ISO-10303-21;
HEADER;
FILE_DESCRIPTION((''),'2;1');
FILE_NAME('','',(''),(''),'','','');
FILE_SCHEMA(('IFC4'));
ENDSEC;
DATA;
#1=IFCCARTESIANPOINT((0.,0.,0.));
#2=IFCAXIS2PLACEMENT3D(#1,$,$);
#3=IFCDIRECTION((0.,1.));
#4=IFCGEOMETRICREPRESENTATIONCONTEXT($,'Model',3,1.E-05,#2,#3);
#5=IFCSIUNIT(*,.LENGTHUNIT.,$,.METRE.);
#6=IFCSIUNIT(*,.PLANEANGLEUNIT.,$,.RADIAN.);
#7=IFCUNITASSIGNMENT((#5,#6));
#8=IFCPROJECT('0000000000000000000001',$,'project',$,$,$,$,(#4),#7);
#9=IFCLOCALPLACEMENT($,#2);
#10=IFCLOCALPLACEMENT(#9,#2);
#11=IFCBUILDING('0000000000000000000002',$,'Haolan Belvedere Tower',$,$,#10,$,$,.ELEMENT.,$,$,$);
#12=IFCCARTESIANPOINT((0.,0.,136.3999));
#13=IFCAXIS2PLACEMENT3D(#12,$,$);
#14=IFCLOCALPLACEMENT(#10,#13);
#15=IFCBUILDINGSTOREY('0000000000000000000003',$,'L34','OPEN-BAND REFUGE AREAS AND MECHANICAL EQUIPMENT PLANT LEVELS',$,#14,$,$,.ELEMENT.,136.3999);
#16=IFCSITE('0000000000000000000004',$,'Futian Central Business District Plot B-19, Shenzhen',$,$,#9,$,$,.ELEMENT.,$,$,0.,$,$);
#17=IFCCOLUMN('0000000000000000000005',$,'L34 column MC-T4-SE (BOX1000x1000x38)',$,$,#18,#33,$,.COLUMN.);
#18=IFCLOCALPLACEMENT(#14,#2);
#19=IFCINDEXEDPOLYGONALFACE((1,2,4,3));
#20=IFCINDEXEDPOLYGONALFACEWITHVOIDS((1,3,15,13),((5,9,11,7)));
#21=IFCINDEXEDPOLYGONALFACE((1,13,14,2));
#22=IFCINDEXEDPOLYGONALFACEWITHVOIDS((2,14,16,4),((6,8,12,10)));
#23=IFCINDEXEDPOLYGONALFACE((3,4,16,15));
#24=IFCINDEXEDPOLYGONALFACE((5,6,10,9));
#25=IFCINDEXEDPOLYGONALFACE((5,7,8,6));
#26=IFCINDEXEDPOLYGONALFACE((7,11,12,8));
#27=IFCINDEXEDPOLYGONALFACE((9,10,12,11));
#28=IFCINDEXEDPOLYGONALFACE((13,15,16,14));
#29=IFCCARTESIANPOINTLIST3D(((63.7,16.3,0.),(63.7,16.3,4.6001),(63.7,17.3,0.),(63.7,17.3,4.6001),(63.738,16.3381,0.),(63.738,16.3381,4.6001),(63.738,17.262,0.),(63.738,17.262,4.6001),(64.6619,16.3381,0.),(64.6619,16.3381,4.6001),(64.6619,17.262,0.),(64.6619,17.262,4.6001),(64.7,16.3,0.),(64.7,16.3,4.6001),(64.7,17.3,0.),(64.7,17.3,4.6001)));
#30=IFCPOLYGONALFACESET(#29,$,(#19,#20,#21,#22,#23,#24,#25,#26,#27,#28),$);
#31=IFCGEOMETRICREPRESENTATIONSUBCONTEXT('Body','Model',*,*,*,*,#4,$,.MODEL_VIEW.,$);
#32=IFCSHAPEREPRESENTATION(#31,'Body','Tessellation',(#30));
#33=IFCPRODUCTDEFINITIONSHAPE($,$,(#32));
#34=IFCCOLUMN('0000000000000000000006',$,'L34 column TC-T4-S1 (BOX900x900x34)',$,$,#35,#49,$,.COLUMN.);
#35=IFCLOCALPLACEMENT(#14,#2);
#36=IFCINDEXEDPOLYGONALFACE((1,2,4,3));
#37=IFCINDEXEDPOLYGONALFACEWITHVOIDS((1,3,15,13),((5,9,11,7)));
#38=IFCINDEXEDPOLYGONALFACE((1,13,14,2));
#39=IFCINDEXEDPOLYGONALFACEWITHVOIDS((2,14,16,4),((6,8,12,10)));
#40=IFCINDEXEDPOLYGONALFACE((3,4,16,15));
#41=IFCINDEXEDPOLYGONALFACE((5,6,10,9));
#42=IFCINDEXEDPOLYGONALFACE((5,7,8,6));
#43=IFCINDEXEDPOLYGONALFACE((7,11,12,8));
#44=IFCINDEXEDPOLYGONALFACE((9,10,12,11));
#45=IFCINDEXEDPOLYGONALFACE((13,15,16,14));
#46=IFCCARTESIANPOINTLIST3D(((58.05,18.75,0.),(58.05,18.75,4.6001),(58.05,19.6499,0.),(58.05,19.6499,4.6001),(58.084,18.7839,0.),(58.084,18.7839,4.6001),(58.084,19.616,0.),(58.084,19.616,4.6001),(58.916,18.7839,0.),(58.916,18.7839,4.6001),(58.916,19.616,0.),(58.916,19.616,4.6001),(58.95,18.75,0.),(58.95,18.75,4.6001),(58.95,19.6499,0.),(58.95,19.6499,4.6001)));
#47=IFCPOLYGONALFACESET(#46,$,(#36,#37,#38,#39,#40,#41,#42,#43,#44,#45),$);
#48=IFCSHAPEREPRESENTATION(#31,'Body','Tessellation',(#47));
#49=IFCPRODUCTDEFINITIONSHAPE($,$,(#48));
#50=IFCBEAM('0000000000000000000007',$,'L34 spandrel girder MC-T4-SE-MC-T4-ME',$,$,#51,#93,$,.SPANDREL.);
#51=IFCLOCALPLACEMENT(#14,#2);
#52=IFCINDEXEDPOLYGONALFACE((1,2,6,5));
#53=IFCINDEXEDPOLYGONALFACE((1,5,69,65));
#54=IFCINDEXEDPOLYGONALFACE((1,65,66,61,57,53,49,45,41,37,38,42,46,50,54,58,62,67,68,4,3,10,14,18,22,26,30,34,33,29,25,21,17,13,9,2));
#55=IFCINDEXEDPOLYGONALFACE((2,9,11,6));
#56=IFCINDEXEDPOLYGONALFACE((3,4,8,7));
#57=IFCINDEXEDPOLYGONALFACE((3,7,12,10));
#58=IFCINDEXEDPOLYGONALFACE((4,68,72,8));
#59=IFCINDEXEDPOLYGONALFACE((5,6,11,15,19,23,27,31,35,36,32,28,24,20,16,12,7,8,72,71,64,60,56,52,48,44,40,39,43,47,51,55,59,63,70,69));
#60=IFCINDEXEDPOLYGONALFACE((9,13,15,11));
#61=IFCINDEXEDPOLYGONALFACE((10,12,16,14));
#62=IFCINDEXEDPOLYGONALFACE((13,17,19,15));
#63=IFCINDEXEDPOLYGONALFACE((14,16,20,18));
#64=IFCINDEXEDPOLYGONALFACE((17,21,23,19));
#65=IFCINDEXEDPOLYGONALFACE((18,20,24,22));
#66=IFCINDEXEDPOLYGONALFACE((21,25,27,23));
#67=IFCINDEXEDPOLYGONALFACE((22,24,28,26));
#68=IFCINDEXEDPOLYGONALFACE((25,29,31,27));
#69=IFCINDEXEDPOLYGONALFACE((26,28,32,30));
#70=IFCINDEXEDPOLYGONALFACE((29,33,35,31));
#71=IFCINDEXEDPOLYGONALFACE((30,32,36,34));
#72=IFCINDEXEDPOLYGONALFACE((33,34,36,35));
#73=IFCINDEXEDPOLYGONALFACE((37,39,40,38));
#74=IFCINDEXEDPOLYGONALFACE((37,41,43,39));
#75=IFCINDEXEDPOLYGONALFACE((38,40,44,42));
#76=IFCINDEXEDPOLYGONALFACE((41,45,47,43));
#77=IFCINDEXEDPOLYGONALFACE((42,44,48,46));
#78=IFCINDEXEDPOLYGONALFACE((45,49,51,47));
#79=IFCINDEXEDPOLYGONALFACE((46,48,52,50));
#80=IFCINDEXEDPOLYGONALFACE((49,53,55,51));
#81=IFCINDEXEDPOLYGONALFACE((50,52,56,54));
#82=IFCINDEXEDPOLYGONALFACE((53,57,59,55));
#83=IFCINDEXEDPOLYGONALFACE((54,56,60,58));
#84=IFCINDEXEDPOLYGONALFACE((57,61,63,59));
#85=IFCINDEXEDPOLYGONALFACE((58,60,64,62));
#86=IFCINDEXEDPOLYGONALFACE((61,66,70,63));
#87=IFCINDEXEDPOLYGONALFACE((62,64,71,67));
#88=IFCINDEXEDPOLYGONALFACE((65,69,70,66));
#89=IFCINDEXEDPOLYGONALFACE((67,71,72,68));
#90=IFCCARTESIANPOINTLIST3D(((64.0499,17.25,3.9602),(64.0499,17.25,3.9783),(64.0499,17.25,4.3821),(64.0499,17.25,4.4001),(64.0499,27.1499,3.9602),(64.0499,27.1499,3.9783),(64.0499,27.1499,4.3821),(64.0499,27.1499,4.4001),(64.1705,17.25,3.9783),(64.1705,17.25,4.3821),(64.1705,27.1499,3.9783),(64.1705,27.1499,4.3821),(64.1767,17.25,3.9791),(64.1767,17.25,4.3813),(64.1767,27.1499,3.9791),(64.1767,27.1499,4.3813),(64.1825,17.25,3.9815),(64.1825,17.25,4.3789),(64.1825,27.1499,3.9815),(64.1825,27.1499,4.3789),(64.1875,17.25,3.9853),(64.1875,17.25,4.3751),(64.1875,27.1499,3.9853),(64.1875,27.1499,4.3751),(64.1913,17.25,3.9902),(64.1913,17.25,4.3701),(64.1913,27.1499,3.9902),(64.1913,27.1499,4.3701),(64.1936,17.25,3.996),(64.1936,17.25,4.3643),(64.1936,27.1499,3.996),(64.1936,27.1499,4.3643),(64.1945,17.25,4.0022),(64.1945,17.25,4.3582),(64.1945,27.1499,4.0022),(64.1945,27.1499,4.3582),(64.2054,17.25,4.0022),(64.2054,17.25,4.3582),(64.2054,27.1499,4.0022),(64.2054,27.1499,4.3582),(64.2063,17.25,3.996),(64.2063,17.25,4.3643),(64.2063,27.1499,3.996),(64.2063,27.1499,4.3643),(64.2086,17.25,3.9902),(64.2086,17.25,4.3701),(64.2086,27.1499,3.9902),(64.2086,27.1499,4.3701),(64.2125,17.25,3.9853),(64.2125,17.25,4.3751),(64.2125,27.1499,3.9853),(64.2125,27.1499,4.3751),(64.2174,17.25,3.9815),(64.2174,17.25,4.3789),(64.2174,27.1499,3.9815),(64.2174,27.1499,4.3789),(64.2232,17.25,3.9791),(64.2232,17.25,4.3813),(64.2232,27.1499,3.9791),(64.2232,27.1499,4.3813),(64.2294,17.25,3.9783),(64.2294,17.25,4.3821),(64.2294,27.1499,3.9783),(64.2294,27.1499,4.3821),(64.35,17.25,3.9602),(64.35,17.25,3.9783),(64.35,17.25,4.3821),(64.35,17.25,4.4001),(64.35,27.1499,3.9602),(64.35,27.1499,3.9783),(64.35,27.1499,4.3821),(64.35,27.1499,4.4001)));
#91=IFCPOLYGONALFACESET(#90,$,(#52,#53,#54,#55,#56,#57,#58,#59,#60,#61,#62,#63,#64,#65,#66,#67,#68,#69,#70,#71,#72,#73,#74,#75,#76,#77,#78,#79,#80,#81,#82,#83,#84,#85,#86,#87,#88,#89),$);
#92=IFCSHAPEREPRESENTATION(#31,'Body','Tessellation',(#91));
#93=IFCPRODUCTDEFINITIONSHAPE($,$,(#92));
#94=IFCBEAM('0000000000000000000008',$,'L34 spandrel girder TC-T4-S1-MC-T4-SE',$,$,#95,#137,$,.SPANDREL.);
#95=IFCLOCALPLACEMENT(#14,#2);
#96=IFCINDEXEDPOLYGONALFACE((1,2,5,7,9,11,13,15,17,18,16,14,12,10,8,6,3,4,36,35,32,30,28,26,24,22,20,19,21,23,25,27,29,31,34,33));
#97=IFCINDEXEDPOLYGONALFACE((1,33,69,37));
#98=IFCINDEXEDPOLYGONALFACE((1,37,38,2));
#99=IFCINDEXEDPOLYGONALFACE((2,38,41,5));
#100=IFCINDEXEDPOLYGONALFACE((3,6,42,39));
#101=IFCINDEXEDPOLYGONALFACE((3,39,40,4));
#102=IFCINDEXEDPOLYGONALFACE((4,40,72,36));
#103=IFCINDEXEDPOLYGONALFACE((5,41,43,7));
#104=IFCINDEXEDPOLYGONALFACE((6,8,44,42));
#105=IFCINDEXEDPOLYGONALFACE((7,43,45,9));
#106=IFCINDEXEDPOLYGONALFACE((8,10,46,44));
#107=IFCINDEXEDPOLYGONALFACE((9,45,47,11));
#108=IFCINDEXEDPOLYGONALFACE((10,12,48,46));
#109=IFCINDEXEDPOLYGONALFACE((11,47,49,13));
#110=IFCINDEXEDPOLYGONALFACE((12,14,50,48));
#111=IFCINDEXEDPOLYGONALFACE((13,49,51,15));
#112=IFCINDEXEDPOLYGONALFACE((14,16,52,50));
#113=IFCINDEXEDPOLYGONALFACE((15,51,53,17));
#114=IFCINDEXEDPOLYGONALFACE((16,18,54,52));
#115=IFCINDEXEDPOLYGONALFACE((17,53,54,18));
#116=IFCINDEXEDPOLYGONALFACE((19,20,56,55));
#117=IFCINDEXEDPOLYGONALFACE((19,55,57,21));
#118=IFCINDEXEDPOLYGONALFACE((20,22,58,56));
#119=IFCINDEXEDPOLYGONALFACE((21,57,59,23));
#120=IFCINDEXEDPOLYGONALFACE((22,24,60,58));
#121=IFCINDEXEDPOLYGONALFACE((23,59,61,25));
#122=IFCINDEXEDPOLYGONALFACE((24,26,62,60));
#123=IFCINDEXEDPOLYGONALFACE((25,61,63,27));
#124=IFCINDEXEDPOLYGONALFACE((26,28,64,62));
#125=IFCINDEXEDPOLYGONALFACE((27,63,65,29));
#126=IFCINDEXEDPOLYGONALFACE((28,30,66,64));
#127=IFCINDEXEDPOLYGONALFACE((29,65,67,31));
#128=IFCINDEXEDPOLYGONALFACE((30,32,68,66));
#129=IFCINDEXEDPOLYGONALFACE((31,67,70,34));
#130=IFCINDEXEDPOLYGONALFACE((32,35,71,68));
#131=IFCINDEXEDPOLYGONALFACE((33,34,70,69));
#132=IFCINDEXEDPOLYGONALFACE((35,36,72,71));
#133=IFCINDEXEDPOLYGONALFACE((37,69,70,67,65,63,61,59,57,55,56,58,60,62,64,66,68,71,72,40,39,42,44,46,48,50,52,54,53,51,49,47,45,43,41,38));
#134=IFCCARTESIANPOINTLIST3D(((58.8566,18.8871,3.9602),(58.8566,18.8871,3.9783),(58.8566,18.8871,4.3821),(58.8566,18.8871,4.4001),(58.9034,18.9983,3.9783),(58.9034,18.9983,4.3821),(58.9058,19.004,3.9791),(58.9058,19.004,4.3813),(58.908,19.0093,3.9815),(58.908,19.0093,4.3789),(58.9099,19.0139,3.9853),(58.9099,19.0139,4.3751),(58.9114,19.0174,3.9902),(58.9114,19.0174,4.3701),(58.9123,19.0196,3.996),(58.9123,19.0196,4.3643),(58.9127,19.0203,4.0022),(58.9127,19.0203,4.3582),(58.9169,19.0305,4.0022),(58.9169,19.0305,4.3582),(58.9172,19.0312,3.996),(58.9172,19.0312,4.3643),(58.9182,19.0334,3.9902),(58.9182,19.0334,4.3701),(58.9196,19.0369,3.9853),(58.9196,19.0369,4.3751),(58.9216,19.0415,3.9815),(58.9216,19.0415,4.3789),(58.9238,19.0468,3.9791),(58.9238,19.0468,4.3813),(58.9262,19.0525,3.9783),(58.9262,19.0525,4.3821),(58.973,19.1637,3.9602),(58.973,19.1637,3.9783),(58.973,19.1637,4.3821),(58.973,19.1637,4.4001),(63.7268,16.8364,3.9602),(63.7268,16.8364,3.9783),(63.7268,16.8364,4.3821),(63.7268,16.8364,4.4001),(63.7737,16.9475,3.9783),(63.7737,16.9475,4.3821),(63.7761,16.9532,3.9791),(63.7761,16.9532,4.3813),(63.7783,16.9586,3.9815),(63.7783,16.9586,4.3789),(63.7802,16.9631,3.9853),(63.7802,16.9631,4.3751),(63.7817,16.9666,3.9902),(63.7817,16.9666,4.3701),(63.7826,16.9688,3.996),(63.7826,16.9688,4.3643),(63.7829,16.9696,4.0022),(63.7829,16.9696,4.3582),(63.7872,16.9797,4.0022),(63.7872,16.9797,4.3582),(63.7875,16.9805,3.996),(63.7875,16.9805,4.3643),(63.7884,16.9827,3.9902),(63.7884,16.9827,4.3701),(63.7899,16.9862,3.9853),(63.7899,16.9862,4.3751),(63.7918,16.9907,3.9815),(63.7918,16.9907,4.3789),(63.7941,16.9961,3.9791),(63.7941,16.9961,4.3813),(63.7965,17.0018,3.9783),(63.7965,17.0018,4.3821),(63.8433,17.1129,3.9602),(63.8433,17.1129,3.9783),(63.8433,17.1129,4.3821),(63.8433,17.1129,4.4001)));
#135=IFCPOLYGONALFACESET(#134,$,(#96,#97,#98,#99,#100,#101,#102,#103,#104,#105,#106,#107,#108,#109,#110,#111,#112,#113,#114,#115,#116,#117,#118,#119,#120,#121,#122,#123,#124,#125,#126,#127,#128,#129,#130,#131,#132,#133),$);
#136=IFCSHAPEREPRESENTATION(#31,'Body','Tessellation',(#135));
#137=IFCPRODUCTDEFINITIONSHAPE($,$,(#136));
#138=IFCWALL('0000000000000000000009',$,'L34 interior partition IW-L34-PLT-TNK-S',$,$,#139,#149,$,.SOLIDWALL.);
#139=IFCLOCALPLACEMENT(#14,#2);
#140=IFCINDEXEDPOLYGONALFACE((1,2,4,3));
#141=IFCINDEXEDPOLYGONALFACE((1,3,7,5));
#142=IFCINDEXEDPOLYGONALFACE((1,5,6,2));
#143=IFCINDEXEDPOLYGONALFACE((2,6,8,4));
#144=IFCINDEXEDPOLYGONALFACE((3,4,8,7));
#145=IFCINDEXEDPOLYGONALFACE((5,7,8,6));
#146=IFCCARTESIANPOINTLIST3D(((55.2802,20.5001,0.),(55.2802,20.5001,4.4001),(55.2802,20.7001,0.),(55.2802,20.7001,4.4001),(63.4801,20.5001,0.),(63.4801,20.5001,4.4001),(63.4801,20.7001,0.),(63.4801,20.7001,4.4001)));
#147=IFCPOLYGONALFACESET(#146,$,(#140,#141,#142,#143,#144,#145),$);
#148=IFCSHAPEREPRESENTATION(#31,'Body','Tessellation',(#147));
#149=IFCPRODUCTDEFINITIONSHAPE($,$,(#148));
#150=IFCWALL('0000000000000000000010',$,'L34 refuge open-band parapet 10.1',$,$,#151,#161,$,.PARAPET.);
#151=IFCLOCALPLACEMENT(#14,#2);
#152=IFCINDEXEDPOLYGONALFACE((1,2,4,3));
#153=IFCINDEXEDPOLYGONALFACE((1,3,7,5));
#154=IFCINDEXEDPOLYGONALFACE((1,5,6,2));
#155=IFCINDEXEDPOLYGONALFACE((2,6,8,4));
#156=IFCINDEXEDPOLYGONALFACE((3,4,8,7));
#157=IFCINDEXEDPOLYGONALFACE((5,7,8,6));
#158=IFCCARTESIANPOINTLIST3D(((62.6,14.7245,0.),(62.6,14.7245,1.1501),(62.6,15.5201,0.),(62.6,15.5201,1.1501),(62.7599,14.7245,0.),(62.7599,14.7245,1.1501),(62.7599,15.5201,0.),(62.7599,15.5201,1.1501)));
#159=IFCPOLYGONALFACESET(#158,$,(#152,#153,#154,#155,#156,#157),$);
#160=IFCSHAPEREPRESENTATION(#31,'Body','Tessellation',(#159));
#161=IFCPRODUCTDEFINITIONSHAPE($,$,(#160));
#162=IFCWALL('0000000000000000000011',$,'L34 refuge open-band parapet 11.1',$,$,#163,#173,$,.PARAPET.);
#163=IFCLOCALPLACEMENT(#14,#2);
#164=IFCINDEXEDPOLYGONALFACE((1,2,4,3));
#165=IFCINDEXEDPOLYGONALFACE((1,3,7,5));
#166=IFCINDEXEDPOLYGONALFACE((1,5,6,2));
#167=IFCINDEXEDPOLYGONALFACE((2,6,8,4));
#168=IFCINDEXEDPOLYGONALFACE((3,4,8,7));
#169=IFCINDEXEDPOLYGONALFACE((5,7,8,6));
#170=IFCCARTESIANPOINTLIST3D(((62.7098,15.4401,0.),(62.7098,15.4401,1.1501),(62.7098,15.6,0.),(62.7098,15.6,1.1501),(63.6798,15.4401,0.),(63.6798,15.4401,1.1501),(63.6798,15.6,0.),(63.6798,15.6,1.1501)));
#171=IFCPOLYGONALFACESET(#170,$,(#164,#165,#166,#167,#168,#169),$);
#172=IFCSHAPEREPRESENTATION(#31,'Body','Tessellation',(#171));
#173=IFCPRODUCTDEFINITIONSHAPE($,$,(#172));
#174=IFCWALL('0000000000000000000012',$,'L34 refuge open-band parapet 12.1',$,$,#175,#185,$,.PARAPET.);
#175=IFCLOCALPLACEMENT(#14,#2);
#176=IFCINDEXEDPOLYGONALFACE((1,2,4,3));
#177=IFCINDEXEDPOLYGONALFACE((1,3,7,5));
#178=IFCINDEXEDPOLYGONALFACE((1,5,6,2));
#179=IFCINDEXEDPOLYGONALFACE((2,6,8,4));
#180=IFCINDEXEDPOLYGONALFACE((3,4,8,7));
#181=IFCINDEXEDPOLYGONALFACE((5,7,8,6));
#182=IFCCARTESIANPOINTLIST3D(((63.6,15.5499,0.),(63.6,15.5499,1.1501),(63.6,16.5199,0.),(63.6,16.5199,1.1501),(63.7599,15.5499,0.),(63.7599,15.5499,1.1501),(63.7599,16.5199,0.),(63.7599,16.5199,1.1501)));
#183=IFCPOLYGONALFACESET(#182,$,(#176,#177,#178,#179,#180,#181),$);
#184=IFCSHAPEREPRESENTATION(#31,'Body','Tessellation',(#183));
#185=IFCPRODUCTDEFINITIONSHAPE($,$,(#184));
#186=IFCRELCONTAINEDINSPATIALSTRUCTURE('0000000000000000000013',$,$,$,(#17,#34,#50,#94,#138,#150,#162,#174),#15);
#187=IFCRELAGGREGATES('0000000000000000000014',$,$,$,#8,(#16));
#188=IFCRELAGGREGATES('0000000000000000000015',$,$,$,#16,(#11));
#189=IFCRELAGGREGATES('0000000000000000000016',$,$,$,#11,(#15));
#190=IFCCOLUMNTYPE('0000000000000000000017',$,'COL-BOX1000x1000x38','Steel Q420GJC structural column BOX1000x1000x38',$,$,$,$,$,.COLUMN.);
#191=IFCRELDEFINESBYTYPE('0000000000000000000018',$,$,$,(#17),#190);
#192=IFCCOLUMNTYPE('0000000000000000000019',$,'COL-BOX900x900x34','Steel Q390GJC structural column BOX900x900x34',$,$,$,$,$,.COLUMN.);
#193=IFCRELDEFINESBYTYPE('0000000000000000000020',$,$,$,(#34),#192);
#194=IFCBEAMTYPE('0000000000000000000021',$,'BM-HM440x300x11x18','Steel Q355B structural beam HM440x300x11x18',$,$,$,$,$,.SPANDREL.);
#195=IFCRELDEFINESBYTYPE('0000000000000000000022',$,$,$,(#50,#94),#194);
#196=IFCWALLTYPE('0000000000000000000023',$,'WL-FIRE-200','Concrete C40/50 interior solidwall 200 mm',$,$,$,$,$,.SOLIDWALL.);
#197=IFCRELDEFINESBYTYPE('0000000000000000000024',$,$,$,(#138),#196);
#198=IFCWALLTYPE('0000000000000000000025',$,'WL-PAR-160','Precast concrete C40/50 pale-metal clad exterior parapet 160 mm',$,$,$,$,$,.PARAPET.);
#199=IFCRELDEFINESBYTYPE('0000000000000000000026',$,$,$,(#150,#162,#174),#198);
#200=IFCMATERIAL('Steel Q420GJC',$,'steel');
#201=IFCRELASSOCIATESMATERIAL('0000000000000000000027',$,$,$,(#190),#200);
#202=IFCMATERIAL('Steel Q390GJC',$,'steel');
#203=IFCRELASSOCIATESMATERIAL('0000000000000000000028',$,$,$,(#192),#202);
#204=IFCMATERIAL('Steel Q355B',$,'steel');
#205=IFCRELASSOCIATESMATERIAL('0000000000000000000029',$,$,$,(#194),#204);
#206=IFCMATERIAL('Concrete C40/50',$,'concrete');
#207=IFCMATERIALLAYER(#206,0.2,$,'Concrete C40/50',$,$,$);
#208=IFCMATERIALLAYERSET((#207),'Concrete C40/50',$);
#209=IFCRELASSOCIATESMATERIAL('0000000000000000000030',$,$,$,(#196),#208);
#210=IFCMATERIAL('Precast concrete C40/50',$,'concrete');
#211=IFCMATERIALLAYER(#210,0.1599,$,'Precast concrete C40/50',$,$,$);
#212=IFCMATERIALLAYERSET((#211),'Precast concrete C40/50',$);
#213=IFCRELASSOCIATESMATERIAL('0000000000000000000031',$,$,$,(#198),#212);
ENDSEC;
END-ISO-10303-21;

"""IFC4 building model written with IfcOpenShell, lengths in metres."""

from ifc_helpers import new_model, si_unit, direction, frame, frame_2d, origin, origin_2d, place, context, subcontext, project, spatial, rectangle, hollow_rectangle, i_section, extrude, material, layer, layer_set, material_profile, profile_set, type_object, element, save


model = new_model("IFC4")

# Units and contexts
model_context = context("Model", 3, precision=1e-05, world=origin(), true_north=direction((0.0, 1.0)))
body_context = subcontext(model_context, "Body", "Model", "MODEL_VIEW")
ifc_project = project(units=[si_unit("LENGTHUNIT", "METRE"), si_unit("PLANEANGLEUNIT", "RADIAN")], contexts=[model_context])

# Site, building, storey
site_placement = place(None, origin())
site = spatial("IfcSite", under=ifc_project, at=site_placement, Name="Futian Central Business District Plot B-19, Shenzhen", CompositionType="ELEMENT", RefElevation=0.0)
building_placement = place(site_placement, origin())
building = spatial("IfcBuilding", under=site, at=building_placement, Name="Haolan Belvedere Tower", CompositionType="ELEMENT")
storey_placement = place(building_placement, frame((0.0, 0.0, 136.3999)))
storey = spatial("IfcBuildingStorey", under=building, at=storey_placement, Name="L34", Description="OPEN-BAND REFUGE AREAS AND MECHANICAL EQUIPMENT PLANT LEVELS", CompositionType="ELEMENT", Elevation=136.3999)

# Columns
ifc_material_1 = material(Name="Steel Q420GJC", Category="steel")
ifc_material_profile_1 = material_profile(ifc_material_1, hollow_rectangle(XDim=1.0, YDim=1.0, WallThickness=0.0381, at=origin_2d()), Name="Steel Q420GJC")
ifc_profile_set_1 = profile_set([ifc_material_profile_1], Name="Steel Q420GJC")
column_type_1 = type_object("IfcColumnType", Name="COL-BOX1000x1000x38", Description="Steel Q420GJC structural column BOX1000x1000x38", PredefinedType="COLUMN", material=ifc_profile_set_1)
column_1_placement = place(storey_placement, frame((64.2, 16.8, 0.0), z_axis=(0.0, 0.0, 1.0), x_axis=(1.0, 0.0, 0.0)))
element("IfcColumn", 1, at=column_1_placement, inside=storey, type_object=column_type_1, Name="L34 column MC-T4-SE (BOX1000x1000x38)", PredefinedType="COLUMN", context=body_context, shape_type="SweptSolid", body=[
    extrude(hollow_rectangle(XDim=1.0, YDim=1.0, WallThickness=0.0381, at=origin_2d()), origin(), (0.0, 0.0, 1.0), 4.6001),
])
ifc_material_2 = material(Name="Steel Q390GJC", Category="steel")
ifc_material_profile_2 = material_profile(ifc_material_2, hollow_rectangle(XDim=0.8999, YDim=0.8999, WallThickness=0.0339, at=origin_2d()), Name="Steel Q390GJC")
ifc_profile_set_2 = profile_set([ifc_material_profile_2], Name="Steel Q390GJC")
column_type_2 = type_object("IfcColumnType", Name="COL-BOX900x900x34", Description="Steel Q390GJC structural column BOX900x900x34", PredefinedType="COLUMN", material=ifc_profile_set_2)
column_2_placement = place(storey_placement, frame((58.5, 19.2, 0.0), z_axis=(0.0, 0.0, 1.0), x_axis=(1.0, 0.0, 0.0)))
element("IfcColumn", 2, at=column_2_placement, inside=storey, type_object=column_type_2, Name="L34 column TC-T4-S1 (BOX900x900x34)", PredefinedType="COLUMN", context=body_context, shape_type="SweptSolid", body=[
    extrude(hollow_rectangle(XDim=0.8999, YDim=0.8999, WallThickness=0.0339, at=origin_2d()), origin(), (0.0, 0.0, 1.0), 4.6001),
])

# Beams
ifc_material_3 = material(Name="Steel Q355B", Category="steel")
ifc_material_profile_3 = material_profile(ifc_material_3, i_section(OverallWidth=0.3, OverallDepth=0.4399, WebThickness=0.011, FlangeThickness=0.0181, FilletRadius=0.0239, at=origin_2d()), Name="Steel Q355B")
ifc_profile_set_3 = profile_set([ifc_material_profile_3], Name="Steel Q355B")
beam_type = type_object("IfcBeamType", Name="BM-HM440x300x11x18", Description="Steel Q355B structural beam HM440x300x11x18", PredefinedType="SPANDREL", material=ifc_profile_set_3)
beam_1_placement = place(storey_placement, frame((64.2, 17.25, 4.1802), z_axis=(0.0, 1.0, 0.0), x_axis=(-1.0, 0.0, 0.0)))
element("IfcBeam", 3, at=beam_1_placement, inside=storey, type_object=beam_type, Name="L34 spandrel girder MC-T4-SE-MC-T4-ME", PredefinedType="SPANDREL", context=body_context, shape_type="SweptSolid", body=[
    extrude(i_section(OverallWidth=0.3, OverallDepth=0.4399, WebThickness=0.011, FlangeThickness=0.0181, FilletRadius=0.0239, at=origin_2d()), origin(), (0.0, 0.0, 1.0), 9.8999),
])
beam_2_placement = place(storey_placement, frame((58.9148, 19.0254, 4.1802), z_axis=(0.921628, -0.388074, 0.0), x_axis=(0.388074, 0.921628, 0.0)))
element("IfcBeam", 4, at=beam_2_placement, inside=storey, type_object=beam_type, Name="L34 spandrel girder TC-T4-S1-MC-T4-SE", PredefinedType="SPANDREL", context=body_context, shape_type="SweptSolid", body=[
    extrude(i_section(OverallWidth=0.3, OverallDepth=0.4399, WebThickness=0.011, FlangeThickness=0.0181, FilletRadius=0.0239, at=origin_2d()), origin(), (0.0, 0.0, 1.0), 5.2844),
])

# Wall
ifc_material_4 = material(Name="Concrete C40/50", Category="concrete")
ifc_layer_1 = layer(ifc_material_4, 0.2, Name="Concrete C40/50")
ifc_layer_set_1 = layer_set([ifc_layer_1], Name="Concrete C40/50")
wall_type_1 = type_object("IfcWallType", Name="WL-FIRE-200", Description="Concrete C40/50 interior solidwall 200 mm", PredefinedType="SOLIDWALL", material=ifc_layer_set_1)
wall_1_placement = place(storey_placement, frame((55.28, 20.6001, 0.0), z_axis=(0.0, 0.0, 1.0), x_axis=(1.0, 0.0, 0.0)))
element("IfcWall", 5, at=wall_1_placement, inside=storey, type_object=wall_type_1, Name="L34 interior partition IW-L34-PLT-TNK-S", PredefinedType="SOLIDWALL", context=body_context, shape_type="SweptSolid", body=[
    extrude(rectangle(XDim=8.2, YDim=0.2, at=frame_2d((4.1001, 0.0))), origin(), (0.0, 0.0, 1.0), 4.4001),
])

# Walls
ifc_material_5 = material(Name="Precast concrete C40/50", Category="concrete")
ifc_layer_2 = layer(ifc_material_5, 0.1599, Name="Precast concrete C40/50")
ifc_layer_set_2 = layer_set([ifc_layer_2], Name="Precast concrete C40/50")
wall_type_2 = type_object("IfcWallType", Name="WL-PAR-160", Description="Precast concrete C40/50 pale-metal clad exterior parapet 160 mm", PredefinedType="PARAPET", material=ifc_layer_set_2)
wall_2_placement = place(storey_placement, frame((62.6799, 14.7244, 0.0), z_axis=(0.0, 0.0, 1.0), x_axis=(0.0, 1.0, 0.0)))
element("IfcWall", 6, at=wall_2_placement, inside=storey, type_object=wall_type_2, Name="L34 refuge open-band parapet 10.1", PredefinedType="PARAPET", context=body_context, shape_type="SweptSolid", body=[
    extrude(rectangle(XDim=0.7957, YDim=0.1599, at=frame_2d((0.3979, 0.0))), origin(), (0.0, 0.0, 1.0), 1.1501),
])
for number, where, z_axis, x_axis, name in (
    (7, (62.71, 15.52, 0.0), (0.0, 0.0, 1.0), (1.0, 0.0, 0.0), "L34 refuge open-band parapet 11.1"),
    (8, (63.6799, 15.55, 0.0), (0.0, 0.0, 1.0), (0.0, 1.0, 0.0), "L34 refuge open-band parapet 12.1"),
):
    element("IfcWall", number, at=place(storey_placement, frame(where, z_axis=z_axis, x_axis=x_axis)), inside=storey, type_object=wall_type_2, Name=name, PredefinedType="PARAPET", context=body_context, shape_type="SweptSolid", body=[
        extrude(rectangle(XDim=0.97, YDim=0.1599, at=frame_2d((0.4849, 0.0))), origin(), (0.0, 0.0, 1.0), 1.1501),
    ])

save(model, "model.ifc")
